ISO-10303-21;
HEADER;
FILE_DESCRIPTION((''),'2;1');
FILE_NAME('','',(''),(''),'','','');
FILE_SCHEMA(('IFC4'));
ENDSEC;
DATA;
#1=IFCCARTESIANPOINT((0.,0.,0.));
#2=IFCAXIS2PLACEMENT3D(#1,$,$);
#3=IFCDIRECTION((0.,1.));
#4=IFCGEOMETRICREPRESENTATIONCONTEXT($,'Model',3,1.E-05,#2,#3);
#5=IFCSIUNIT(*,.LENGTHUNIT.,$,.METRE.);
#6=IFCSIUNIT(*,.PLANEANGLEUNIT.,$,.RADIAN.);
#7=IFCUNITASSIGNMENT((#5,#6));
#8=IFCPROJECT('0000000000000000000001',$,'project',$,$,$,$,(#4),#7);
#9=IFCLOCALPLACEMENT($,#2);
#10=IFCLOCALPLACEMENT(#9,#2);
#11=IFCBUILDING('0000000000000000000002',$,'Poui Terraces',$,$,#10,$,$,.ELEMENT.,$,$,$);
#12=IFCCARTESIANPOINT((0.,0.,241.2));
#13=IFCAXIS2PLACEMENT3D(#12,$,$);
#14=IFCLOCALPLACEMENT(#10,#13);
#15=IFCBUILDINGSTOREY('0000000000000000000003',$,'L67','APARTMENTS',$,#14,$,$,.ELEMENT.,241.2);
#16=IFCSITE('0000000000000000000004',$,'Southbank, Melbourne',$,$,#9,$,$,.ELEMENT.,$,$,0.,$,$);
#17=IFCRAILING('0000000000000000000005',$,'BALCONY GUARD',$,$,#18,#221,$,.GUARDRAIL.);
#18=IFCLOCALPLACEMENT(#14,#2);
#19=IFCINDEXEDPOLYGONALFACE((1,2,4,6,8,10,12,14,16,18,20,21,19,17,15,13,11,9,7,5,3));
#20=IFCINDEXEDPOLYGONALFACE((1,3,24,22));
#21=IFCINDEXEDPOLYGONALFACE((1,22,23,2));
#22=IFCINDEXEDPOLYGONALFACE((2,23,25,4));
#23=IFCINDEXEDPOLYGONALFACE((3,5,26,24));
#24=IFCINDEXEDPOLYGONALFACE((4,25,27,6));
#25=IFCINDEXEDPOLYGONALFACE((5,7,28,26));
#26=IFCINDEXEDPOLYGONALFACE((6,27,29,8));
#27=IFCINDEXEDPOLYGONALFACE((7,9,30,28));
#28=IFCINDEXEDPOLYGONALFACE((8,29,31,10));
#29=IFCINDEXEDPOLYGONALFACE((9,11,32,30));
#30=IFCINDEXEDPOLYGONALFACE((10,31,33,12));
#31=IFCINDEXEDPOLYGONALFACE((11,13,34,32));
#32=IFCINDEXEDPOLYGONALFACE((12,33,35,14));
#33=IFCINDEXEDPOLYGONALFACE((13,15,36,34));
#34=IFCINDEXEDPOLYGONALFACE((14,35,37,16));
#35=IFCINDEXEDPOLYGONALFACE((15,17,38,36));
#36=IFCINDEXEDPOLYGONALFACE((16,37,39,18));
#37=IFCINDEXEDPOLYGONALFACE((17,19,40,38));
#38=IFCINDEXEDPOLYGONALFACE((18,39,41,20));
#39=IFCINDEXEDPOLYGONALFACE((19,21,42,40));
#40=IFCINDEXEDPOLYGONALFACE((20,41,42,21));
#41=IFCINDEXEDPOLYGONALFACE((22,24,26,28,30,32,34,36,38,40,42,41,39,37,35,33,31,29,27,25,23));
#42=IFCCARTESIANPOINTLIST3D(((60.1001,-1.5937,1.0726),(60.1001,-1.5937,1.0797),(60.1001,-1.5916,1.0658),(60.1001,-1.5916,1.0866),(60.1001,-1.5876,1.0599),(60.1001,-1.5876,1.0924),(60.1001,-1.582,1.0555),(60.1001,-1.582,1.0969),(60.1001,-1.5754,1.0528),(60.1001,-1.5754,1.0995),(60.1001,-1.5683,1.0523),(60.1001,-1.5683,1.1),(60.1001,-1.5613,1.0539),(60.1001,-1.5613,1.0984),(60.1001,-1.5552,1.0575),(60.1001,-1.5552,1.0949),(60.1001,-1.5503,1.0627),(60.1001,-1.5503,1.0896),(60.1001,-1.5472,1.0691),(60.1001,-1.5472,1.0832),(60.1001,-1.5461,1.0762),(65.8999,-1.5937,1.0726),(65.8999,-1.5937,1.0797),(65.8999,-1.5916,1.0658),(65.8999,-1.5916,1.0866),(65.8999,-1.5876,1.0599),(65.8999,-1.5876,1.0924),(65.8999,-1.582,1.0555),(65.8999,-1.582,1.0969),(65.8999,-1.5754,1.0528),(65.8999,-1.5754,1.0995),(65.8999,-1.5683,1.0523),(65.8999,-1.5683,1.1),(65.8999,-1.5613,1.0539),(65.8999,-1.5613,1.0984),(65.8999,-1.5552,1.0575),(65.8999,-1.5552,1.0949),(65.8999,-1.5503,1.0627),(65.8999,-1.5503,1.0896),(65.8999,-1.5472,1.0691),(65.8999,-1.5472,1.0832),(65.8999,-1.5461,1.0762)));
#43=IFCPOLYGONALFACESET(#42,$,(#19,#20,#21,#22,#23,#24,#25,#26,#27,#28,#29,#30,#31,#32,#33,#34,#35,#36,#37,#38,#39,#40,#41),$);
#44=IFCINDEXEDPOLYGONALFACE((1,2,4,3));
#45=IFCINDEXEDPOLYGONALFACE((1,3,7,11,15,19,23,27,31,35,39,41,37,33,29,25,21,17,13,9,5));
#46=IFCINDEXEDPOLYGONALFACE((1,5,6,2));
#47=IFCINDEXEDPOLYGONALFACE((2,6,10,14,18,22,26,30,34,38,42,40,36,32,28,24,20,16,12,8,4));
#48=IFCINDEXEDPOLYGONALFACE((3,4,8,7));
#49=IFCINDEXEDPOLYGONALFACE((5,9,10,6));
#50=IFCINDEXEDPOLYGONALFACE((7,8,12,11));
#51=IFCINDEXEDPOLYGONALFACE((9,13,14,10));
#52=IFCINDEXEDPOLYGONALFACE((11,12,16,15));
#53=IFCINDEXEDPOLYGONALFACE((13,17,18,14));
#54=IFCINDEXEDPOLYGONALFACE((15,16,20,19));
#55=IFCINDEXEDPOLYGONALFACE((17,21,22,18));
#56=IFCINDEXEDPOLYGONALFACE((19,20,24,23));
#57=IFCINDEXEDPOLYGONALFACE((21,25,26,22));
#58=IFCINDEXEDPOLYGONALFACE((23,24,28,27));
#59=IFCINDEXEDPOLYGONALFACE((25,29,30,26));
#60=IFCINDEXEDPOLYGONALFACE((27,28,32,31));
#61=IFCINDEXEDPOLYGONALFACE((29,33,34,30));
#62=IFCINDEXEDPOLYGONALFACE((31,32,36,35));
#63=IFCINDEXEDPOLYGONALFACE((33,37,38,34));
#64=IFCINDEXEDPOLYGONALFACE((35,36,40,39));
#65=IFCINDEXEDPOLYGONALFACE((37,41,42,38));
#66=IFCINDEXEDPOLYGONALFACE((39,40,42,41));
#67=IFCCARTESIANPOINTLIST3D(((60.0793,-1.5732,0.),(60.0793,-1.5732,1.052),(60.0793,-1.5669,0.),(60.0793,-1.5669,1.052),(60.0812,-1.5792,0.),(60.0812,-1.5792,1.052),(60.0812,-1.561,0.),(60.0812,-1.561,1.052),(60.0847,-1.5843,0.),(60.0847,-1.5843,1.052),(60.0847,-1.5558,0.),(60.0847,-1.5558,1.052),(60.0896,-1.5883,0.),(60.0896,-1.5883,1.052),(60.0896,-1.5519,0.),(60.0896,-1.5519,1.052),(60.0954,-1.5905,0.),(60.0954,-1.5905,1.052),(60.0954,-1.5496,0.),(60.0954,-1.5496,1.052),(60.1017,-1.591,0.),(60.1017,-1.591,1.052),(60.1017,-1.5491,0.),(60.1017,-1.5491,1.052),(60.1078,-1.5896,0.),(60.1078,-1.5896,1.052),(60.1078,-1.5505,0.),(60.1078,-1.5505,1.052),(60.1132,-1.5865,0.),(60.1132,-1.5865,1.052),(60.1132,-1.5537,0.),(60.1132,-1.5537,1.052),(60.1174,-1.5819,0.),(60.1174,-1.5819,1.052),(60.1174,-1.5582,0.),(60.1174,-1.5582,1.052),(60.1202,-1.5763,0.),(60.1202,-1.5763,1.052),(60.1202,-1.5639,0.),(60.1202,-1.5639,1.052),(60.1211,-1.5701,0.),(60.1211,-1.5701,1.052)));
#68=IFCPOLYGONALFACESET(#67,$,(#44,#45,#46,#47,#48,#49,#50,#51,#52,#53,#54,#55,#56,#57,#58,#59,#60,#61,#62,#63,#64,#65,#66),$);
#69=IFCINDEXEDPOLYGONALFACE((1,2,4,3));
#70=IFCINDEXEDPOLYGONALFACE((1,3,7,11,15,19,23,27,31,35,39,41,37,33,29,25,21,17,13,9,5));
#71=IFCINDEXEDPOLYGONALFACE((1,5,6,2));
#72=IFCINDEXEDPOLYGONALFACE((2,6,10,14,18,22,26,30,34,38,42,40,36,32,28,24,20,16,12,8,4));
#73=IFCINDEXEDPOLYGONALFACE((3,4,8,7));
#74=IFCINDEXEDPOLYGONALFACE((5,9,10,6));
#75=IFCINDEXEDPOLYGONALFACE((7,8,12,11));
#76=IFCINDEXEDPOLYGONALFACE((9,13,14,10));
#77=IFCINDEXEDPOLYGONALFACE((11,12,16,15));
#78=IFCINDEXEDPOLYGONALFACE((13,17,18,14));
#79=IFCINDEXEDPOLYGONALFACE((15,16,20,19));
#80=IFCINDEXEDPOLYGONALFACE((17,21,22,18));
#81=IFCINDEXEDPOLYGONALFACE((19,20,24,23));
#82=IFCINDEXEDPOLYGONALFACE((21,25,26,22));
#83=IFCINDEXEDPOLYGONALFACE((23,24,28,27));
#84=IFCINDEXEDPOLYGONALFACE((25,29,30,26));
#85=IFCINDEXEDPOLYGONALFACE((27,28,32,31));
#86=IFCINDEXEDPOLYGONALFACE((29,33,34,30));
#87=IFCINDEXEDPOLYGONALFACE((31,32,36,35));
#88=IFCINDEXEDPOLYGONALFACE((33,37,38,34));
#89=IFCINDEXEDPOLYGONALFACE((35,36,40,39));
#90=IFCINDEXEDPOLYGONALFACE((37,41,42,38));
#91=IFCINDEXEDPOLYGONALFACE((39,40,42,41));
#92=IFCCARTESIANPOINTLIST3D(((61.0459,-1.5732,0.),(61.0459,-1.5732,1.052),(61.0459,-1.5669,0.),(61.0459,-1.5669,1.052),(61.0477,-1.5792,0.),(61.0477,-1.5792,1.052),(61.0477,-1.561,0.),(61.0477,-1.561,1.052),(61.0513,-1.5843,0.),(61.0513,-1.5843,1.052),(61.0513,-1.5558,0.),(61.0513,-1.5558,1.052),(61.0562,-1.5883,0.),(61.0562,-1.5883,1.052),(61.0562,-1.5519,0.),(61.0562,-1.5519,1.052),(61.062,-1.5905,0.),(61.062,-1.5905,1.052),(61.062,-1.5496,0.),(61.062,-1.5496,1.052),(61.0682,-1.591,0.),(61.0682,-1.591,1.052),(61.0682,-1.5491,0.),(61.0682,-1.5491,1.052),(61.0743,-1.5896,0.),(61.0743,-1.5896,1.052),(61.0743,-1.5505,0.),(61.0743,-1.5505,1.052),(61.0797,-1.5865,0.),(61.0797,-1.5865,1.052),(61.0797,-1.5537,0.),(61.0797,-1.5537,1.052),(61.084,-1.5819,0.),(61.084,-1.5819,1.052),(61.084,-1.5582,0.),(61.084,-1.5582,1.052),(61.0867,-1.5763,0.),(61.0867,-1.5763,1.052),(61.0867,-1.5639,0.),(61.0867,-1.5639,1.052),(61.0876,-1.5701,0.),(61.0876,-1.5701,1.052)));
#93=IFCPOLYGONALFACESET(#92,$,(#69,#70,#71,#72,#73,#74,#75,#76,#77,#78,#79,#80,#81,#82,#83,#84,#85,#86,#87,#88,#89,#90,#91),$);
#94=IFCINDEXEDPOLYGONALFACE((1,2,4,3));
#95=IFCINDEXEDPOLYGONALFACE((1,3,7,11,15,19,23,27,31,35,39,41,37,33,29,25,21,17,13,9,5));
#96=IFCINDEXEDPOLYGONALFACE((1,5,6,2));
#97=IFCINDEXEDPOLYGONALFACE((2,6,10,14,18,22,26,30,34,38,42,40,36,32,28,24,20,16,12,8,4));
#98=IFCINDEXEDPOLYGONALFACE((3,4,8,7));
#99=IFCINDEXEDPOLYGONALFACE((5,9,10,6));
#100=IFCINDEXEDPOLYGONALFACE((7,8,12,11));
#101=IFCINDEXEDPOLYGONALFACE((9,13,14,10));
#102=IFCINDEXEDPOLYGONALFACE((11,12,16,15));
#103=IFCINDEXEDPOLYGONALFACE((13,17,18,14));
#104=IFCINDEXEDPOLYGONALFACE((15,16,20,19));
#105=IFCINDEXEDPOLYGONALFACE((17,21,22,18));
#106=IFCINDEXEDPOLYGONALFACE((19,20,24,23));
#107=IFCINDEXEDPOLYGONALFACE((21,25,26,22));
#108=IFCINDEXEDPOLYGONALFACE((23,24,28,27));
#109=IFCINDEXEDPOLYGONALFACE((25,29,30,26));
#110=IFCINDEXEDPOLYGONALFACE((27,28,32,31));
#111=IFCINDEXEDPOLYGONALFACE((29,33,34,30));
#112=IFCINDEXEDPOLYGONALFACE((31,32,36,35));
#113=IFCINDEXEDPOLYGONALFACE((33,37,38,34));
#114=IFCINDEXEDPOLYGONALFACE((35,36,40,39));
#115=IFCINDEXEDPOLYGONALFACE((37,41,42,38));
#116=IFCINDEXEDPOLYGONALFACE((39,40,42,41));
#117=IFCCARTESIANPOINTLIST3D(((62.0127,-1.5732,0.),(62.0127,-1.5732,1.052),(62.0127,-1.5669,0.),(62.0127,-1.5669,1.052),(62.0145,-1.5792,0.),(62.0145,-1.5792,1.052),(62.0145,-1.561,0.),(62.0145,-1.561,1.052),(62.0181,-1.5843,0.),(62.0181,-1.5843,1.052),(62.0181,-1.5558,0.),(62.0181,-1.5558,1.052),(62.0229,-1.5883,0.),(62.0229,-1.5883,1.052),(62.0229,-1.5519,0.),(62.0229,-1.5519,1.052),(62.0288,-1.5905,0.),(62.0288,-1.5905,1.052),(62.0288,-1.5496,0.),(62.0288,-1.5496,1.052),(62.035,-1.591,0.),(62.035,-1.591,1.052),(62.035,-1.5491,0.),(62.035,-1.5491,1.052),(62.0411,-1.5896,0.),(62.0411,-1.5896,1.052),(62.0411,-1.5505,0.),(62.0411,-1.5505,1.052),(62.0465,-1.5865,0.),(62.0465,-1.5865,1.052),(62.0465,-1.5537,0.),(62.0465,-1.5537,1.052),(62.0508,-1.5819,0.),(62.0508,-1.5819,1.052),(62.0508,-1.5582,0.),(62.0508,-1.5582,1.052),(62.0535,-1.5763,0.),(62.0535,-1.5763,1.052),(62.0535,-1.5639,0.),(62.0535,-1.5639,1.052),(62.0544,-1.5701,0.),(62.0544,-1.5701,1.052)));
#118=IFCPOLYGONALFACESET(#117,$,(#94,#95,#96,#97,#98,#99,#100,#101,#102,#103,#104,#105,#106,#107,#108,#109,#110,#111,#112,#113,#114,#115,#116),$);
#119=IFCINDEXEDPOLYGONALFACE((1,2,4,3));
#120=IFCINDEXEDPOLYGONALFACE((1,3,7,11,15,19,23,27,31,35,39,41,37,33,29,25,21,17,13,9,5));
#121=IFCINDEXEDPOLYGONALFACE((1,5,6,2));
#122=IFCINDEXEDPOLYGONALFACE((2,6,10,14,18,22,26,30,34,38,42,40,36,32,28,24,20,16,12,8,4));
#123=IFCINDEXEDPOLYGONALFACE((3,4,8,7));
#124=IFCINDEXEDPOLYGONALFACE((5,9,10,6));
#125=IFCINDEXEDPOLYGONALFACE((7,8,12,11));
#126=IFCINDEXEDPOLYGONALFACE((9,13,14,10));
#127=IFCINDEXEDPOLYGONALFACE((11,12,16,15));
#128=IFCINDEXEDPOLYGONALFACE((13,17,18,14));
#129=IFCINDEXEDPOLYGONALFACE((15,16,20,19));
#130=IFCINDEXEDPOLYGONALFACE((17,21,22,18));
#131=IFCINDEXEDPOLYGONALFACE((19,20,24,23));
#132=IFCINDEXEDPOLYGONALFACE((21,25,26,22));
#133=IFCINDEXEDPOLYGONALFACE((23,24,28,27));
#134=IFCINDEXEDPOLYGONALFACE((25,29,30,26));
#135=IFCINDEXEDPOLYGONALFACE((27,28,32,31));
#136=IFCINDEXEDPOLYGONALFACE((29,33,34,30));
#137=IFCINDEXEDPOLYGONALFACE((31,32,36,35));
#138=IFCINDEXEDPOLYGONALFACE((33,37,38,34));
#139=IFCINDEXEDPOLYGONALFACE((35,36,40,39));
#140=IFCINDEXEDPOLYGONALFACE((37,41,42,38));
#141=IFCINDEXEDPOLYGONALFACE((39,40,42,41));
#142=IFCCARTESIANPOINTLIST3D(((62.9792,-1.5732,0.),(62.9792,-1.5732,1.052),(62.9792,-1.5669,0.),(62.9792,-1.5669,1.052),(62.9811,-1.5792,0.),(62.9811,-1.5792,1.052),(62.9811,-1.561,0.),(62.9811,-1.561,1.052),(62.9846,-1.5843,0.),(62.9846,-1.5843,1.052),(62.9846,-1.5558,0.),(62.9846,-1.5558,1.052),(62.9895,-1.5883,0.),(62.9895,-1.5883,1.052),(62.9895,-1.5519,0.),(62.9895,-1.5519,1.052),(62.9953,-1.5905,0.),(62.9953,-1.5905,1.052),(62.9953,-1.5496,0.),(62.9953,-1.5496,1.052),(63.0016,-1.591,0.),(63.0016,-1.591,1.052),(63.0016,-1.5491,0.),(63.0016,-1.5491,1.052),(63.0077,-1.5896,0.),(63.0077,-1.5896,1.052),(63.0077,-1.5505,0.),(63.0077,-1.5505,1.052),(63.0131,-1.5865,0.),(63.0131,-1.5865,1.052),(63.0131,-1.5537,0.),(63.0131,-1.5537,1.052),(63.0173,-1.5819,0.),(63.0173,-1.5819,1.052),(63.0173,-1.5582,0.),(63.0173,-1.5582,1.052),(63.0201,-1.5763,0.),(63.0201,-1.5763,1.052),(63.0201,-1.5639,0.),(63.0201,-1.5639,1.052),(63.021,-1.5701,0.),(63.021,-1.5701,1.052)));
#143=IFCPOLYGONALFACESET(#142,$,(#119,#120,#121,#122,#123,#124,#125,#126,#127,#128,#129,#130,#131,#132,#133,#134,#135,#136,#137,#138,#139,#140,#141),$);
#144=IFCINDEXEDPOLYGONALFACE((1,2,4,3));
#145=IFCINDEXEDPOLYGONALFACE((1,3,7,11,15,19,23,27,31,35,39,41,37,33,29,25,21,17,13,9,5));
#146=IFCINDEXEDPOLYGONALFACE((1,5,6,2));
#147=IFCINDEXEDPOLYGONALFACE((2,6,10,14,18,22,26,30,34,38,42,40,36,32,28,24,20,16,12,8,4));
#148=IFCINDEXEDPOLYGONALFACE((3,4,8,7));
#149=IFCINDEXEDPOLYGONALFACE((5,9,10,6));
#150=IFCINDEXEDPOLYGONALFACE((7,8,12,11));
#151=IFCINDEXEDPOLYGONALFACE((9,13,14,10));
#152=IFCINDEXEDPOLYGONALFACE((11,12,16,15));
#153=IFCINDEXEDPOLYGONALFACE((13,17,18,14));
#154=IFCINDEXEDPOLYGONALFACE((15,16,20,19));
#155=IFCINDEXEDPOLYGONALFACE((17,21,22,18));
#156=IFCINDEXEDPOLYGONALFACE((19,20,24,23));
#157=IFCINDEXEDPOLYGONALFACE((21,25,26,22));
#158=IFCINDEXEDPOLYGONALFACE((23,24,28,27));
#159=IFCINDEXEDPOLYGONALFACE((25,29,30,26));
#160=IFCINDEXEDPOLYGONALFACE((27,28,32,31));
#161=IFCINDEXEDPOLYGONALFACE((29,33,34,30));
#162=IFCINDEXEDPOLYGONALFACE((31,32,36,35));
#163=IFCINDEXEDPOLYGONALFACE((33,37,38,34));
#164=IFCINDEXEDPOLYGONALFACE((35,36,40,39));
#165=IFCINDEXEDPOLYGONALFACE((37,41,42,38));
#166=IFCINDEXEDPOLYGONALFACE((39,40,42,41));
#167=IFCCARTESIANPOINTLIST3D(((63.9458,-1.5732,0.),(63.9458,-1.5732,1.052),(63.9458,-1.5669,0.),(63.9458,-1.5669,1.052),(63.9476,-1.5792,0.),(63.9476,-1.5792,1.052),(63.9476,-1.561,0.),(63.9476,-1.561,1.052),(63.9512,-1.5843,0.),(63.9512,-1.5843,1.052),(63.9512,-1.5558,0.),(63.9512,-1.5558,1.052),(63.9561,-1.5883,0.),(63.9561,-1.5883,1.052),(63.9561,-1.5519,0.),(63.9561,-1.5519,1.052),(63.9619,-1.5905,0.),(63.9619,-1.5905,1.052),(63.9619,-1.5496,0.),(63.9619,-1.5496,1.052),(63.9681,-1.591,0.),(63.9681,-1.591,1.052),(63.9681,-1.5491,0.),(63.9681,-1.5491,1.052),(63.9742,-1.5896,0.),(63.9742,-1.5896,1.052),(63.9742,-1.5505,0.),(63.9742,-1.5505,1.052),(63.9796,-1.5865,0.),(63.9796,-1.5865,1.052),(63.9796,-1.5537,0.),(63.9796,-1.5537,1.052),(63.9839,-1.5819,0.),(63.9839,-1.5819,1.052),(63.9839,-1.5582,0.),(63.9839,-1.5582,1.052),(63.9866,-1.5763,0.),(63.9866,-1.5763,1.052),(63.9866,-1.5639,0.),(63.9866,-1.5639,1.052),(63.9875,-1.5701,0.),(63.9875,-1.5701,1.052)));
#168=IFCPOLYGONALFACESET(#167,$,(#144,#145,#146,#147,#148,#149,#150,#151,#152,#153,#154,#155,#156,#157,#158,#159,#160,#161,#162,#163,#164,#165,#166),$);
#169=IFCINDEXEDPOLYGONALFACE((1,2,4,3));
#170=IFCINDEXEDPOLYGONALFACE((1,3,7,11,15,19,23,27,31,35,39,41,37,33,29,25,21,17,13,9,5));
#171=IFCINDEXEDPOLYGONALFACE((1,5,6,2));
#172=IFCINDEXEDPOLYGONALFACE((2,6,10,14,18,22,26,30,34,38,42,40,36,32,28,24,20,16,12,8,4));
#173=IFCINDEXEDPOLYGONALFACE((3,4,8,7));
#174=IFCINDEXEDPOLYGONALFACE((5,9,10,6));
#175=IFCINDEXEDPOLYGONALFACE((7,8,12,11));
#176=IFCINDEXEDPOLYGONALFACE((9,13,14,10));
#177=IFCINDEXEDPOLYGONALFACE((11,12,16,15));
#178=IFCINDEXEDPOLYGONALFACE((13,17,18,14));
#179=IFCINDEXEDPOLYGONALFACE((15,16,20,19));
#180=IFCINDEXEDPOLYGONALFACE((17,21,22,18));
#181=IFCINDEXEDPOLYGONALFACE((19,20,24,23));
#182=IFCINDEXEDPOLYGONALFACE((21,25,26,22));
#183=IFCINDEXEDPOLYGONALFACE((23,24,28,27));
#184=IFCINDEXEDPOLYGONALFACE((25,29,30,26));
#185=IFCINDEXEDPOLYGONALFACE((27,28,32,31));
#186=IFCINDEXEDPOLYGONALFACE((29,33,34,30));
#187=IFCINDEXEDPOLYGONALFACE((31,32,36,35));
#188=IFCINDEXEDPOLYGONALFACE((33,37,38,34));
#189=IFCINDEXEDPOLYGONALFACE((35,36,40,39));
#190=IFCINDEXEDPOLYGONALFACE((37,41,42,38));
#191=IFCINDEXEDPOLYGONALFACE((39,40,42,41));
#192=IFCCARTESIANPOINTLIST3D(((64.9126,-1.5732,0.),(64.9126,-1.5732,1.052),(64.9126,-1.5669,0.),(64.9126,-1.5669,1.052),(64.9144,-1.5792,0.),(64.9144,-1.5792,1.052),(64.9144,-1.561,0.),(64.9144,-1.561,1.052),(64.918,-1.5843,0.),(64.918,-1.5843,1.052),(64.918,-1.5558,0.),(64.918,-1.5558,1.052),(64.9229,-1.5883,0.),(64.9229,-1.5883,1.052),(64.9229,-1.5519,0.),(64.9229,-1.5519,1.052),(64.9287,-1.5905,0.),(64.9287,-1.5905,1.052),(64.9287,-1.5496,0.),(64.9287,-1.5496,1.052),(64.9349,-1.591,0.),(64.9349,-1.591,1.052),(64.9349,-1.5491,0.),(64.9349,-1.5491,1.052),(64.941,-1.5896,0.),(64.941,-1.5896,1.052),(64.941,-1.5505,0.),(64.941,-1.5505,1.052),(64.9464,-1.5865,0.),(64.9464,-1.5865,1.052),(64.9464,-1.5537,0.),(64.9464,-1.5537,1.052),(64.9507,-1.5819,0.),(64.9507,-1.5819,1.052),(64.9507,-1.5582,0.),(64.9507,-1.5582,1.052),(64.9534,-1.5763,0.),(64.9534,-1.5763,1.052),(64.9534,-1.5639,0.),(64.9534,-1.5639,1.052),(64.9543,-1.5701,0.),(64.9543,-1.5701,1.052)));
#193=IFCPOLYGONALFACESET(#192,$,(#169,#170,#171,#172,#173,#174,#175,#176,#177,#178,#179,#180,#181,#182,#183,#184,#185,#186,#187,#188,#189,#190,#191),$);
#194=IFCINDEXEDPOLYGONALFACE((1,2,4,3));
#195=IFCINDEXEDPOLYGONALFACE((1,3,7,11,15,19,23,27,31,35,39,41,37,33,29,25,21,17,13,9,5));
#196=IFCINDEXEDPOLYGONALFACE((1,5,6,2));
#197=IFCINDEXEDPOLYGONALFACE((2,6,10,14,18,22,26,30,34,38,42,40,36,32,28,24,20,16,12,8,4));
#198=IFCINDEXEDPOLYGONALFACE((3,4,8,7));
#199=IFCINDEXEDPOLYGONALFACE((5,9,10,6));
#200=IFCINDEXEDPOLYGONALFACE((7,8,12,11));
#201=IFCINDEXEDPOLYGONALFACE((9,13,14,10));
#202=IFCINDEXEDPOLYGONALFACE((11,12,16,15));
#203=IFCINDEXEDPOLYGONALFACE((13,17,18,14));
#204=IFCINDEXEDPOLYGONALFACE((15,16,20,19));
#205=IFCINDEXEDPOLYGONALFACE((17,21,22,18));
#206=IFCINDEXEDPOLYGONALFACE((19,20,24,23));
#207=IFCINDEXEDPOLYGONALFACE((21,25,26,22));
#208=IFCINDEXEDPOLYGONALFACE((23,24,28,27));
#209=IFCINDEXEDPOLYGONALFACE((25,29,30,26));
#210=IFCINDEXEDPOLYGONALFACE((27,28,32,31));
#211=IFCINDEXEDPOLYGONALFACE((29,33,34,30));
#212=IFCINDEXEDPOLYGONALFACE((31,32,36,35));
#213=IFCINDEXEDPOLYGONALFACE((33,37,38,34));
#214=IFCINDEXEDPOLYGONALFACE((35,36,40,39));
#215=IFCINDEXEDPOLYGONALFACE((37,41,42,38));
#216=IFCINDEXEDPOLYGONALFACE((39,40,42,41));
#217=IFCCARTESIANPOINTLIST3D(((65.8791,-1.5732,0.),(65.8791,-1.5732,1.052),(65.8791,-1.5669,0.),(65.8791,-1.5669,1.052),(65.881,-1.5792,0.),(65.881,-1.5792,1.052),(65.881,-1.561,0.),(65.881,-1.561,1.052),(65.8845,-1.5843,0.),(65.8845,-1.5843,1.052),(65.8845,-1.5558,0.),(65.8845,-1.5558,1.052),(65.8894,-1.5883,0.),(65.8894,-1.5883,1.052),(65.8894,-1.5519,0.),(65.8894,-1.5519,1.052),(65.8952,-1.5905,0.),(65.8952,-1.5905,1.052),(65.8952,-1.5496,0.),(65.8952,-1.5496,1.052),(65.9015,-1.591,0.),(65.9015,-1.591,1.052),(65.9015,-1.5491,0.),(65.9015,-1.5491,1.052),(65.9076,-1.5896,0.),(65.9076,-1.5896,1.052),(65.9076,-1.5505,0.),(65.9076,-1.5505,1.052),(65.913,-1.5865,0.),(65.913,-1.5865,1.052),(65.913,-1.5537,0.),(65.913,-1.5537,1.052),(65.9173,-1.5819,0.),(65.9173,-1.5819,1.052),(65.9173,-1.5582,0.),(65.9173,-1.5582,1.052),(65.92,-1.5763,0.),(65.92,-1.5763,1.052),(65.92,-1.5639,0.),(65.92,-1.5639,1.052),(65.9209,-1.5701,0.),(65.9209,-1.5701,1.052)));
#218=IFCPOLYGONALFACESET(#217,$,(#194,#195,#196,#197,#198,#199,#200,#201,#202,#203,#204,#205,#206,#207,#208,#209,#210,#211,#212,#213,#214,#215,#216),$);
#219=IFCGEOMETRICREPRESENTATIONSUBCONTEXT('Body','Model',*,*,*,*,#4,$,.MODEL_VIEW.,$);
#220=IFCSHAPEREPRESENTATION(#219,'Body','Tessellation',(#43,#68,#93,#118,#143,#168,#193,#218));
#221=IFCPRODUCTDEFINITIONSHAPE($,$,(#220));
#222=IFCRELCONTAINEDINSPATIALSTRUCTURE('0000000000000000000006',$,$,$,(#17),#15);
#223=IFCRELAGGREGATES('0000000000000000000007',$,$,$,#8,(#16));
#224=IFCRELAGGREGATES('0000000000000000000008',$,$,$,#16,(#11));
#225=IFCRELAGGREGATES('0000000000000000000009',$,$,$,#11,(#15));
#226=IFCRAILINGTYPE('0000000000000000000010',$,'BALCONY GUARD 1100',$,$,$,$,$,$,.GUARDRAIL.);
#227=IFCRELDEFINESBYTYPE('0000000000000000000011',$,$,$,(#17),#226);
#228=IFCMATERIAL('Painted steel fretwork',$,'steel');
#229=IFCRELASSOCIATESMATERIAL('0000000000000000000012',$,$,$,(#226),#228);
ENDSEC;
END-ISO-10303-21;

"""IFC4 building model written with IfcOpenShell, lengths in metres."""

from ifc_helpers import new_model, si_unit, direction, frame, origin, origin_2d, place, context, subcontext, project, spatial, circle, extrude, material, type_object, element, save


model = new_model("IFC4")

# Units and contexts
model_context = context("Model", 3, precision=1e-05, world=origin(), true_north=direction((0.0, 1.0)))
body_context = subcontext(model_context, "Body", "Model", "MODEL_VIEW")
ifc_project = project(units=[si_unit("LENGTHUNIT", "METRE"), si_unit("PLANEANGLEUNIT", "RADIAN")], contexts=[model_context])

# Site, building, storey
site_placement = place(None, origin())
site = spatial("IfcSite", under=ifc_project, at=site_placement, Name="Southbank, Melbourne", CompositionType="ELEMENT", RefElevation=0.0)
building_placement = place(site_placement, origin())
building = spatial("IfcBuilding", under=site, at=building_placement, Name="Poui Terraces", CompositionType="ELEMENT")
storey_placement = place(building_placement, frame((0.0, 0.0, 241.2)))
storey = spatial("IfcBuildingStorey", under=building, at=storey_placement, Name="L67", Description="APARTMENTS", CompositionType="ELEMENT", Elevation=241.2)

# Railing
ifc_material_1 = material(Name="Painted steel fretwork", Category="steel")
railing_type = type_object("IfcRailingType", Name="BALCONY GUARD 1100", PredefinedType="GUARDRAIL", material=ifc_material_1)
railing_placement = place(storey_placement, frame((60.1001, -1.5701, 0.0)))
element("IfcRailing", 1, at=railing_placement, inside=storey, type_object=railing_type, Name="BALCONY GUARD", PredefinedType="GUARDRAIL", context=body_context, shape_type="SweptSolid", body=[
    extrude(circle(Radius=0.0239, at=origin_2d()), frame((0.0, 0.0, 1.0762), z_axis=(1.0, 0.0, 0.0), x_axis=(0.0, 1.0, 0.0)), (0.0, 0.0, 1.0), 5.7998),
    extrude(circle(Radius=0.021, at=origin_2d()), origin(), (0.0, 0.0, 1.0), 1.052),
    extrude(circle(Radius=0.021, at=origin_2d()), frame((0.9666, 0.0, 0.0)), (0.0, 0.0, 1.0), 1.052),
    extrude(circle(Radius=0.021, at=origin_2d()), frame((1.9333, 0.0, 0.0)), (0.0, 0.0, 1.0), 1.052),
    extrude(circle(Radius=0.021, at=origin_2d()), frame((2.8999, 0.0, 0.0)), (0.0, 0.0, 1.0), 1.052),
    extrude(circle(Radius=0.021, at=origin_2d()), frame((3.8665, 0.0, 0.0)), (0.0, 0.0, 1.0), 1.052),
    extrude(circle(Radius=0.021, at=origin_2d()), frame((4.8333, 0.0, 0.0)), (0.0, 0.0, 1.0), 1.052),
    extrude(circle(Radius=0.021, at=origin_2d()), frame((5.7998, 0.0, 0.0)), (0.0, 0.0, 1.0), 1.052),
])

save(model, "model.ifc")
